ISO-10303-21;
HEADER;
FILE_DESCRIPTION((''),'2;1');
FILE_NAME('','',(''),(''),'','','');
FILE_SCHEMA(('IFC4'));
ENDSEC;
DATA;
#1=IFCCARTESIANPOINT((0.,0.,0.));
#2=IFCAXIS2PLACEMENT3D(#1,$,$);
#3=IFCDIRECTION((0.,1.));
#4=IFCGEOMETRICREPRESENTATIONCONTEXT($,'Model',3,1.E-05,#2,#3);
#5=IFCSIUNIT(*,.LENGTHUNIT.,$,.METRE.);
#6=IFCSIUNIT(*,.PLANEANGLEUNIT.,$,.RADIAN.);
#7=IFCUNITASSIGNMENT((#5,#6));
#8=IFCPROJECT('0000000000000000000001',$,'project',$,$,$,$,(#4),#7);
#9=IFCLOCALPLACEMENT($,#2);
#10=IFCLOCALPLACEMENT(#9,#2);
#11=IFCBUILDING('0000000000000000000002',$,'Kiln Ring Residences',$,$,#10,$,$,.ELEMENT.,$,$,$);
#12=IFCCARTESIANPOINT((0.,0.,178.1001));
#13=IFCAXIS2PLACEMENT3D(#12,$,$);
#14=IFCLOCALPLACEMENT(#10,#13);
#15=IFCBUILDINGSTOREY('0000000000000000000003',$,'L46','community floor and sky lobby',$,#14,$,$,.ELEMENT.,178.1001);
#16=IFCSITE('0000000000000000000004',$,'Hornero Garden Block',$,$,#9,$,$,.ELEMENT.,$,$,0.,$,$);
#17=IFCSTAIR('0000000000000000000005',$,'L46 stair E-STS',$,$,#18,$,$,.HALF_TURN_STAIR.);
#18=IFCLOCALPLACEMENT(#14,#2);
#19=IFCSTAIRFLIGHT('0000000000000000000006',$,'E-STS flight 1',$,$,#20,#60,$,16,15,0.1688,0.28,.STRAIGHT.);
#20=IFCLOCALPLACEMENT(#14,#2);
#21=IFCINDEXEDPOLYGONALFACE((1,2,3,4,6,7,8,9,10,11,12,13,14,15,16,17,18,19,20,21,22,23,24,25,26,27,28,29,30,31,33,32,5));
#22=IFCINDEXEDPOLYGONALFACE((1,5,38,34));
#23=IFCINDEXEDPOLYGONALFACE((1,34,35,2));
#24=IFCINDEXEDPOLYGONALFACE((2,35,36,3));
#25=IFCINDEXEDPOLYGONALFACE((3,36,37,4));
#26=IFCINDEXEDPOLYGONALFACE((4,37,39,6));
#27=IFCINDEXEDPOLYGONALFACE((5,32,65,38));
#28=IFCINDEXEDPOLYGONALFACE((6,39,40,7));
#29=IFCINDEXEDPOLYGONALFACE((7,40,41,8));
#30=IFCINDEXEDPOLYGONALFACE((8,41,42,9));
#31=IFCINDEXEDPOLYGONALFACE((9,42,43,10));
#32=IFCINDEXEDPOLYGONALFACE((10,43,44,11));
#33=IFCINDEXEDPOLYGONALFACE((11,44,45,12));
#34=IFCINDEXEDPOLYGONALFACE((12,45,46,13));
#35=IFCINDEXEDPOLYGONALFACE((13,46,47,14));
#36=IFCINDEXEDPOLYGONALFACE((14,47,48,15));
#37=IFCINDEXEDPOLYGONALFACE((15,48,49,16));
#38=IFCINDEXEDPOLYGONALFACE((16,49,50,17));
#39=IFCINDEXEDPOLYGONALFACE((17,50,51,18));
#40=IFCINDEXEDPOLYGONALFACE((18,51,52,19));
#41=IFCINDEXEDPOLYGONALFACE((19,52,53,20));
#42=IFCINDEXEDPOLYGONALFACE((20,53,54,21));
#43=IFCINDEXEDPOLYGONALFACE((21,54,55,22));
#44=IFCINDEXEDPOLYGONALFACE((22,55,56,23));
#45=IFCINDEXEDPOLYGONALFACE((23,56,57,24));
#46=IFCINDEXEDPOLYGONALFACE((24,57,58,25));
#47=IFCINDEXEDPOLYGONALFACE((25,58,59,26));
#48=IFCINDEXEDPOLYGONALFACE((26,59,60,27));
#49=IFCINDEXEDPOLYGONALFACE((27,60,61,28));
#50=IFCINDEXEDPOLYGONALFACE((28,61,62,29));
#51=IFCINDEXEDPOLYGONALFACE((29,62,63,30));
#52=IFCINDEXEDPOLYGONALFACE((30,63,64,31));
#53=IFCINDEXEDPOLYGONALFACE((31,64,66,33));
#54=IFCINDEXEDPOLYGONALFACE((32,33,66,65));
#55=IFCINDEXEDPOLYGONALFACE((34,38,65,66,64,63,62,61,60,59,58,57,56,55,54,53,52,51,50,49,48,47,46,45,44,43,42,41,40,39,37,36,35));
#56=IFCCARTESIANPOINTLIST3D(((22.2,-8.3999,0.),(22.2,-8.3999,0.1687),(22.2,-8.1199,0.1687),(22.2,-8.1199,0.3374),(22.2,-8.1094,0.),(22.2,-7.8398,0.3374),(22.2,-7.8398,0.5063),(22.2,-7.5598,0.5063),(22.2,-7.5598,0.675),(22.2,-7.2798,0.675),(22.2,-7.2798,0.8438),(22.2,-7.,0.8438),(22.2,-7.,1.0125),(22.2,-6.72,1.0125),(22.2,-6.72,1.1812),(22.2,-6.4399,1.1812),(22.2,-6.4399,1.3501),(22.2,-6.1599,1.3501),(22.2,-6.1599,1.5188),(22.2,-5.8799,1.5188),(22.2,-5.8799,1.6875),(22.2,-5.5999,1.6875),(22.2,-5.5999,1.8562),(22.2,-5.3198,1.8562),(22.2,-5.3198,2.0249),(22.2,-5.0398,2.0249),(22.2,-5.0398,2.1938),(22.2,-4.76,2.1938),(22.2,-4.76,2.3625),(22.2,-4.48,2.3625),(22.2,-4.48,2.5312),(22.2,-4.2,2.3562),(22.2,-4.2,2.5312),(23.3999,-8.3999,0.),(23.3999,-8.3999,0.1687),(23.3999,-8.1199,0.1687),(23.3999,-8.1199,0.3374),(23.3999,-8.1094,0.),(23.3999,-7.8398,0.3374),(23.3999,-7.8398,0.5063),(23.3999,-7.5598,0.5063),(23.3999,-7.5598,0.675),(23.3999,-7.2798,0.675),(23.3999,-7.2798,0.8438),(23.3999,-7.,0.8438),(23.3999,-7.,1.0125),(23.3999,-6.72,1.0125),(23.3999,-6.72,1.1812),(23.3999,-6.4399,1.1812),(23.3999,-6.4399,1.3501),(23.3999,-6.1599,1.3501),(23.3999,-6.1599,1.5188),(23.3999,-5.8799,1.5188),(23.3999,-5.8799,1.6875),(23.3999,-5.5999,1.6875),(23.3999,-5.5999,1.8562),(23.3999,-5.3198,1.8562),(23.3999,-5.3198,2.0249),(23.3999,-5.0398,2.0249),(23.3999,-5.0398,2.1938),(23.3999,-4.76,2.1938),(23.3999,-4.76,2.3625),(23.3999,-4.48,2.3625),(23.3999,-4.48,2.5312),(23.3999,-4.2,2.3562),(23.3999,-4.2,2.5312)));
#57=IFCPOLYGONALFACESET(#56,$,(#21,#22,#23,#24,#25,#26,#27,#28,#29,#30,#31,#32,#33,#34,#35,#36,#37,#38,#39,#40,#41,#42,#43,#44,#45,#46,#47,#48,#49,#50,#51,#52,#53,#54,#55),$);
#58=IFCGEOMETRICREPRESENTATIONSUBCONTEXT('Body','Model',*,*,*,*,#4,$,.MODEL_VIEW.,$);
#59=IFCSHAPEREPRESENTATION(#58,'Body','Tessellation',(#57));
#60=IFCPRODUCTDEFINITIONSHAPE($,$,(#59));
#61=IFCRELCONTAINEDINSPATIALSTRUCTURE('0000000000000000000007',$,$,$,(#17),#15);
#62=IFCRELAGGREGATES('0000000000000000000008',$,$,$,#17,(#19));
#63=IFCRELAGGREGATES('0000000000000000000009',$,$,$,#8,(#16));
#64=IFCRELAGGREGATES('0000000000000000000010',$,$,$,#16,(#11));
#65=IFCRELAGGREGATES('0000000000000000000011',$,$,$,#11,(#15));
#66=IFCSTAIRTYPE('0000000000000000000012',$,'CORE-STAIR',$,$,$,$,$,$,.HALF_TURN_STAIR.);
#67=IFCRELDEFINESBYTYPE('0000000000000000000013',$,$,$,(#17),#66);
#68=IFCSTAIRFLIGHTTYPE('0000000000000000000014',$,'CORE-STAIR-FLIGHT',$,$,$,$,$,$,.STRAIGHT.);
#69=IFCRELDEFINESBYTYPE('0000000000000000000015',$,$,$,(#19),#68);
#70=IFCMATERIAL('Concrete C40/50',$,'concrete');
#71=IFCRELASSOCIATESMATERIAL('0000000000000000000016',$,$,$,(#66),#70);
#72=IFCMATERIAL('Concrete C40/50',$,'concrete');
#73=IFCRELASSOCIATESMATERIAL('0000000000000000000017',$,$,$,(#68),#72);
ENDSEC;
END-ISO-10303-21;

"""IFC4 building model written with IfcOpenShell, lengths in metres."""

from ifc_helpers import new_model, si_unit, direction, frame, origin, place, context, subcontext, project, spatial, polyline, outline, extrude, material, type_object, element, aggregate, save


model = new_model("IFC4")

# Units and contexts
model_context = context("Model", 3, precision=1e-05, world=origin(), true_north=direction((0.0, 1.0)))
body_context = subcontext(model_context, "Body", "Model", "MODEL_VIEW")
ifc_project = project(units=[si_unit("LENGTHUNIT", "METRE"), si_unit("PLANEANGLEUNIT", "RADIAN")], contexts=[model_context])

# Site, building, storey
site_placement = place(None, origin())
site = spatial("IfcSite", under=ifc_project, at=site_placement, Name="Hornero Garden Block", CompositionType="ELEMENT", RefElevation=0.0)
building_placement = place(site_placement, origin())
building = spatial("IfcBuilding", under=site, at=building_placement, Name="Kiln Ring Residences", CompositionType="ELEMENT")
storey_placement = place(building_placement, frame((0.0, 0.0, 178.1001)))
storey = spatial("IfcBuildingStorey", under=building, at=storey_placement, Name="L46", Description="community floor and sky lobby", CompositionType="ELEMENT", Elevation=178.1001)

# Shared definitions
placement = place(storey_placement, origin())

# Stair, stair flight
ifc_material_1 = material(Name="Concrete C40/50", Category="concrete")
stair_type = type_object("IfcStairType", Name="CORE-STAIR", PredefinedType="HALF_TURN_STAIR", material=ifc_material_1)
stair = element("IfcStair", 1, at=placement, inside=storey, type_object=stair_type, Name="L46 stair E-STS", PredefinedType="HALF_TURN_STAIR")
ifc_material_2 = material(Name="Concrete C40/50", Category="concrete")
stair_flight_type = type_object("IfcStairFlightType", Name="CORE-STAIR-FLIGHT", PredefinedType="STRAIGHT", material=ifc_material_2)
stair_flight_placement = place(storey_placement, frame((22.8, -8.3999, 0.0), z_axis=(0.0, 0.0, 1.0), x_axis=(0.0, 1.0, 0.0)))
stair_flight = element("IfcStairFlight", 2, at=stair_flight_placement, type_object=stair_flight_type, Name="E-STS flight 1", NumberOfRisers=16, NumberOfTreads=15, PredefinedType="STRAIGHT", RiserHeight=0.1688, TreadLength=0.28, context=body_context, shape_type="SweptSolid", body=[
    extrude(outline(polyline([(0.0, 0.0), (0.0, 0.1687), (0.28, 0.1687), (0.28, 0.3374), (0.5601, 0.3374), (0.5601, 0.5063), (0.8401, 0.5063), (0.8401, 0.675), (1.1201, 0.675), (1.1201, 0.8438), (1.3999, 0.8438), (1.3999, 1.0125), (1.6799, 1.0125), (1.6799, 1.1812), (1.96, 1.1812), (1.96, 1.3501), (2.24, 1.3501), (2.24, 1.5188), (2.52, 1.5188), (2.52, 1.6875), (2.8, 1.6875), (2.8, 1.8562), (3.0801, 1.8562), (3.0801, 2.0249), (3.3601, 2.0249), (3.3601, 2.1938), (3.6399, 2.1938), (3.6399, 2.3625), (3.9199, 2.3625), (3.9199, 2.5312), (4.2, 2.5312), (4.2, 2.7), (4.2, 2.3562), (0.2905, 0.0), (0.0, 0.0)])), frame((0.0, 0.6001, 0.0), z_axis=(0.0, -1.0, 0.0), x_axis=(1.0, 0.0, 0.0)), (0.0, 0.0, 1.0), 1.2),
])
aggregate(stair, [stair_flight])

save(model, "model.ifc")
